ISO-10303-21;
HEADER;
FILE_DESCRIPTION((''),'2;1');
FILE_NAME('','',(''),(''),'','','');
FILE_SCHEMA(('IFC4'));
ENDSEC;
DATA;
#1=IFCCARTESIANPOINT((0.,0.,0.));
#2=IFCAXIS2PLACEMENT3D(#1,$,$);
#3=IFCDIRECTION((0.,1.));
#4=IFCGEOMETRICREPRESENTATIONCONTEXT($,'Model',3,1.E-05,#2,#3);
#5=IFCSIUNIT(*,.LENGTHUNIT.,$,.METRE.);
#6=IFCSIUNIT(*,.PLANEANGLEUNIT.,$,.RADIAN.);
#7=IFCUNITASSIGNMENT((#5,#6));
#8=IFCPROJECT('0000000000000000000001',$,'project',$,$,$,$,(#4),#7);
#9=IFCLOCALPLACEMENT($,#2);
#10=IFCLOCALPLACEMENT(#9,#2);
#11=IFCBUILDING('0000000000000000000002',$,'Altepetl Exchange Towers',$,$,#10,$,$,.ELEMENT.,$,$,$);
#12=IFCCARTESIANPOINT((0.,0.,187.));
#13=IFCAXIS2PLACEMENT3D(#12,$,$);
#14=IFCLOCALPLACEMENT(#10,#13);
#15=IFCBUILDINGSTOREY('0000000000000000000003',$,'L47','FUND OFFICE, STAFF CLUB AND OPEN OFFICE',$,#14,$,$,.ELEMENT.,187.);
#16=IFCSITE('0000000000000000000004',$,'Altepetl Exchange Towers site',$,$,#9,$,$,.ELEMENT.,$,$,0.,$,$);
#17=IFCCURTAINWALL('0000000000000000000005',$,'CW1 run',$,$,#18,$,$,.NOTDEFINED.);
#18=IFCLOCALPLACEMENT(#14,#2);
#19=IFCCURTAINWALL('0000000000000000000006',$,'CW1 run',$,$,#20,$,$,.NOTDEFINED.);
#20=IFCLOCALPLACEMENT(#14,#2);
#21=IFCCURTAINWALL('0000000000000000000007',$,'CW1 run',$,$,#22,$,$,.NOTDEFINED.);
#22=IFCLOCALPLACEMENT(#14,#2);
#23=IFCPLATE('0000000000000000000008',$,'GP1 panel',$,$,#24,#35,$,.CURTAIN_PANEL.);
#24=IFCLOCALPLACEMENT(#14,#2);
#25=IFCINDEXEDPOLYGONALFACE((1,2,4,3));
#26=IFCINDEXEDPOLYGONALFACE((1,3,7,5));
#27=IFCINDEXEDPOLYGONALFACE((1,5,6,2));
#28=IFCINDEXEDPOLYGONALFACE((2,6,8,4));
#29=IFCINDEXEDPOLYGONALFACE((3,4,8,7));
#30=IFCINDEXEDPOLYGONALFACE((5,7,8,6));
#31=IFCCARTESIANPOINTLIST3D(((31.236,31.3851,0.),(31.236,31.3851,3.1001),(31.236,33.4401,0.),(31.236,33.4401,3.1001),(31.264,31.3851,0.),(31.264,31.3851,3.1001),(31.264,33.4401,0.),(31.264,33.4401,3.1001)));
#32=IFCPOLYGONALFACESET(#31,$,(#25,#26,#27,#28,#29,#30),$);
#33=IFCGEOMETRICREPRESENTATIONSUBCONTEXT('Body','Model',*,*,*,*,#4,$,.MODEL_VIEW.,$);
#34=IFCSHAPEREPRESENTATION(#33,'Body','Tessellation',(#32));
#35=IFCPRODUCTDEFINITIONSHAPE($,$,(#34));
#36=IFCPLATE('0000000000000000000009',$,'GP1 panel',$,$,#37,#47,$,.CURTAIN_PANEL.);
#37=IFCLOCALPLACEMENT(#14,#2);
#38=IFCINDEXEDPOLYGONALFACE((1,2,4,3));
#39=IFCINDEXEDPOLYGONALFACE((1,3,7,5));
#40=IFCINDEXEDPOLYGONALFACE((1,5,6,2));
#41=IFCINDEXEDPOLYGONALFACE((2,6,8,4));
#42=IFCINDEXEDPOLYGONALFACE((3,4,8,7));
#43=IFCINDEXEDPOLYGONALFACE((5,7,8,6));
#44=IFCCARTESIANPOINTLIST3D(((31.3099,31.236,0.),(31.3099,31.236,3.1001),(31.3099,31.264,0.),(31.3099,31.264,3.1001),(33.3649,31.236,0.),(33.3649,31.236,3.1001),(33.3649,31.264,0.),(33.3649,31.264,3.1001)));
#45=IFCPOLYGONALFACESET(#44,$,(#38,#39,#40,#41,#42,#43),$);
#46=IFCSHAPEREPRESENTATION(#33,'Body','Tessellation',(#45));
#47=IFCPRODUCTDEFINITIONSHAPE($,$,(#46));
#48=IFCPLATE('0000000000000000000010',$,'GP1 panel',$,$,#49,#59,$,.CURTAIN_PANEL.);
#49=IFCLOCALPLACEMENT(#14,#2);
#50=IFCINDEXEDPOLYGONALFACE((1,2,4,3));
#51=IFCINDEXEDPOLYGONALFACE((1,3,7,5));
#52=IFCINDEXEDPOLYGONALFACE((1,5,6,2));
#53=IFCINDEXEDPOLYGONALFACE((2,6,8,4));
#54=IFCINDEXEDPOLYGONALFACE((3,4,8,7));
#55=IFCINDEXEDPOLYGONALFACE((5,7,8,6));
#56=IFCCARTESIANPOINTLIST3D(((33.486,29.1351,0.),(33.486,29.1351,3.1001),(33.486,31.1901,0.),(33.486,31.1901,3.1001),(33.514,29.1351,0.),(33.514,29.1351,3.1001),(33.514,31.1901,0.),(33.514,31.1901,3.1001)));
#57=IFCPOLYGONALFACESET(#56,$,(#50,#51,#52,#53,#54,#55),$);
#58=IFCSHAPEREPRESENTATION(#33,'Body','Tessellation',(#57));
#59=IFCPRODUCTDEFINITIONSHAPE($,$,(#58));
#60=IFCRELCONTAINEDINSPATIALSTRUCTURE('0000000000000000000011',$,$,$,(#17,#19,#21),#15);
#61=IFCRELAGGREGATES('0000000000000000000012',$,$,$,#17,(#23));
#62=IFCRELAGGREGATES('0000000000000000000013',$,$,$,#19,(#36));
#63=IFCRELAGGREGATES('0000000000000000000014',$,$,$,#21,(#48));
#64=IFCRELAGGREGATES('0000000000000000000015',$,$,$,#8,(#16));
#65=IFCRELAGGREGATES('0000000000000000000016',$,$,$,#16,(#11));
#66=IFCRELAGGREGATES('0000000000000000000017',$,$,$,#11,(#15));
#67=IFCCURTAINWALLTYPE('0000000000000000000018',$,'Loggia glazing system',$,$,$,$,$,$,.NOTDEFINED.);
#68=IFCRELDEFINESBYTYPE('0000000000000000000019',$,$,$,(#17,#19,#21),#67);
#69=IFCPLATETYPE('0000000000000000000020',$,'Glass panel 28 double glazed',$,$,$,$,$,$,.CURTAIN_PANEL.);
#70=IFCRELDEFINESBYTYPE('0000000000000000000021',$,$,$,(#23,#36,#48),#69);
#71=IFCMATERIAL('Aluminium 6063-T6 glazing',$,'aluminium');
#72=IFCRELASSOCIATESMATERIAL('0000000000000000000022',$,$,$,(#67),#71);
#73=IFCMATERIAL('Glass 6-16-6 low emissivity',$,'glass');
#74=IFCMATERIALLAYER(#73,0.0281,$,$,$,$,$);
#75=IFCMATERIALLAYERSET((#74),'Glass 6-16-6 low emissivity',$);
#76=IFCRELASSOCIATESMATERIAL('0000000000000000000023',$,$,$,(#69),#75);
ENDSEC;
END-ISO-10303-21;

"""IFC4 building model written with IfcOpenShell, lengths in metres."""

from ifc_helpers import new_model, si_unit, direction, frame, origin, origin_2d, place, context, subcontext, project, spatial, rectangle, extrude, material, layer, layer_set, type_object, element, aggregate, save


model = new_model("IFC4")

# Units and contexts
model_context = context("Model", 3, precision=1e-05, world=origin(), true_north=direction((0.0, 1.0)))
body_context = subcontext(model_context, "Body", "Model", "MODEL_VIEW")
ifc_project = project(units=[si_unit("LENGTHUNIT", "METRE"), si_unit("PLANEANGLEUNIT", "RADIAN")], contexts=[model_context])

# Site, building, storey
site_placement = place(None, origin())
site = spatial("IfcSite", under=ifc_project, at=site_placement, Name="Altepetl Exchange Towers site", CompositionType="ELEMENT", RefElevation=0.0)
building_placement = place(site_placement, origin())
building = spatial("IfcBuilding", under=site, at=building_placement, Name="Altepetl Exchange Towers", CompositionType="ELEMENT")
storey_placement = place(building_placement, frame((0.0, 0.0, 187.0)))
storey = spatial("IfcBuildingStorey", under=building, at=storey_placement, Name="L47", Description="FUND OFFICE, STAFF CLUB AND OPEN OFFICE", CompositionType="ELEMENT", Elevation=187.0)

# Curtain walls
ifc_material_1 = material(Name="Aluminium 6063-T6 glazing", Category="aluminium")
curtain_wall_type = type_object("IfcCurtainWallType", Name="Loggia glazing system", PredefinedType="NOTDEFINED", material=ifc_material_1)
curtain_wall_1_placement = place(storey_placement, origin())
curtain_wall_1 = element("IfcCurtainWall", 1, at=curtain_wall_1_placement, inside=storey, type_object=curtain_wall_type, Name="CW1 run", PredefinedType="NOTDEFINED")
curtain_wall_2_placement = place(storey_placement, origin())
curtain_wall_2 = element("IfcCurtainWall", 2, at=curtain_wall_2_placement, inside=storey, type_object=curtain_wall_type, Name="CW1 run", PredefinedType="NOTDEFINED")
curtain_wall_3_placement = place(storey_placement, origin())
curtain_wall_3 = element("IfcCurtainWall", 3, at=curtain_wall_3_placement, inside=storey, type_object=curtain_wall_type, Name="CW1 run", PredefinedType="NOTDEFINED")

# Plates
ifc_material_2 = material(Name="Glass 6-16-6 low emissivity", Category="glass")
ifc_layer = layer(ifc_material_2, 0.0281)
ifc_layer_set = layer_set([ifc_layer], Name="Glass 6-16-6 low emissivity")
plate_type = type_object("IfcPlateType", Name="Glass panel 28 double glazed", PredefinedType="CURTAIN_PANEL", material=ifc_layer_set)
plate_1_placement = place(storey_placement, frame((31.25, 32.4126, 0.0), z_axis=(0.0, 0.0, 1.0), x_axis=(0.0, -1.0, 0.0)))
plate_1 = element("IfcPlate", 4, at=plate_1_placement, type_object=plate_type, Name="GP1 panel", PredefinedType="CURTAIN_PANEL", context=body_context, shape_type="SweptSolid", body=[
    extrude(rectangle(XDim=2.0549, YDim=0.0281, at=origin_2d()), origin(), (0.0, 0.0, 1.0), 3.1001),
])
aggregate(curtain_wall_1, [plate_1])
plate_2_placement = place(storey_placement, frame((32.3374, 31.25, 0.0)))
plate_2 = element("IfcPlate", 5, at=plate_2_placement, type_object=plate_type, Name="GP1 panel", PredefinedType="CURTAIN_PANEL", context=body_context, shape_type="SweptSolid", body=[
    extrude(rectangle(XDim=2.0549, YDim=0.0281, at=origin_2d()), origin(), (0.0, 0.0, 1.0), 3.1001),
])
aggregate(curtain_wall_2, [plate_2])
plate_3_placement = place(storey_placement, frame((33.5, 30.1626, 0.0), z_axis=(0.0, 0.0, 1.0), x_axis=(0.0, -1.0, 0.0)))
plate_3 = element("IfcPlate", 6, at=plate_3_placement, type_object=plate_type, Name="GP1 panel", PredefinedType="CURTAIN_PANEL", context=body_context, shape_type="SweptSolid", body=[
    extrude(rectangle(XDim=2.0549, YDim=0.0281, at=origin_2d()), origin(), (0.0, 0.0, 1.0), 3.1001),
])
aggregate(curtain_wall_3, [plate_3])

save(model, "model.ifc")
